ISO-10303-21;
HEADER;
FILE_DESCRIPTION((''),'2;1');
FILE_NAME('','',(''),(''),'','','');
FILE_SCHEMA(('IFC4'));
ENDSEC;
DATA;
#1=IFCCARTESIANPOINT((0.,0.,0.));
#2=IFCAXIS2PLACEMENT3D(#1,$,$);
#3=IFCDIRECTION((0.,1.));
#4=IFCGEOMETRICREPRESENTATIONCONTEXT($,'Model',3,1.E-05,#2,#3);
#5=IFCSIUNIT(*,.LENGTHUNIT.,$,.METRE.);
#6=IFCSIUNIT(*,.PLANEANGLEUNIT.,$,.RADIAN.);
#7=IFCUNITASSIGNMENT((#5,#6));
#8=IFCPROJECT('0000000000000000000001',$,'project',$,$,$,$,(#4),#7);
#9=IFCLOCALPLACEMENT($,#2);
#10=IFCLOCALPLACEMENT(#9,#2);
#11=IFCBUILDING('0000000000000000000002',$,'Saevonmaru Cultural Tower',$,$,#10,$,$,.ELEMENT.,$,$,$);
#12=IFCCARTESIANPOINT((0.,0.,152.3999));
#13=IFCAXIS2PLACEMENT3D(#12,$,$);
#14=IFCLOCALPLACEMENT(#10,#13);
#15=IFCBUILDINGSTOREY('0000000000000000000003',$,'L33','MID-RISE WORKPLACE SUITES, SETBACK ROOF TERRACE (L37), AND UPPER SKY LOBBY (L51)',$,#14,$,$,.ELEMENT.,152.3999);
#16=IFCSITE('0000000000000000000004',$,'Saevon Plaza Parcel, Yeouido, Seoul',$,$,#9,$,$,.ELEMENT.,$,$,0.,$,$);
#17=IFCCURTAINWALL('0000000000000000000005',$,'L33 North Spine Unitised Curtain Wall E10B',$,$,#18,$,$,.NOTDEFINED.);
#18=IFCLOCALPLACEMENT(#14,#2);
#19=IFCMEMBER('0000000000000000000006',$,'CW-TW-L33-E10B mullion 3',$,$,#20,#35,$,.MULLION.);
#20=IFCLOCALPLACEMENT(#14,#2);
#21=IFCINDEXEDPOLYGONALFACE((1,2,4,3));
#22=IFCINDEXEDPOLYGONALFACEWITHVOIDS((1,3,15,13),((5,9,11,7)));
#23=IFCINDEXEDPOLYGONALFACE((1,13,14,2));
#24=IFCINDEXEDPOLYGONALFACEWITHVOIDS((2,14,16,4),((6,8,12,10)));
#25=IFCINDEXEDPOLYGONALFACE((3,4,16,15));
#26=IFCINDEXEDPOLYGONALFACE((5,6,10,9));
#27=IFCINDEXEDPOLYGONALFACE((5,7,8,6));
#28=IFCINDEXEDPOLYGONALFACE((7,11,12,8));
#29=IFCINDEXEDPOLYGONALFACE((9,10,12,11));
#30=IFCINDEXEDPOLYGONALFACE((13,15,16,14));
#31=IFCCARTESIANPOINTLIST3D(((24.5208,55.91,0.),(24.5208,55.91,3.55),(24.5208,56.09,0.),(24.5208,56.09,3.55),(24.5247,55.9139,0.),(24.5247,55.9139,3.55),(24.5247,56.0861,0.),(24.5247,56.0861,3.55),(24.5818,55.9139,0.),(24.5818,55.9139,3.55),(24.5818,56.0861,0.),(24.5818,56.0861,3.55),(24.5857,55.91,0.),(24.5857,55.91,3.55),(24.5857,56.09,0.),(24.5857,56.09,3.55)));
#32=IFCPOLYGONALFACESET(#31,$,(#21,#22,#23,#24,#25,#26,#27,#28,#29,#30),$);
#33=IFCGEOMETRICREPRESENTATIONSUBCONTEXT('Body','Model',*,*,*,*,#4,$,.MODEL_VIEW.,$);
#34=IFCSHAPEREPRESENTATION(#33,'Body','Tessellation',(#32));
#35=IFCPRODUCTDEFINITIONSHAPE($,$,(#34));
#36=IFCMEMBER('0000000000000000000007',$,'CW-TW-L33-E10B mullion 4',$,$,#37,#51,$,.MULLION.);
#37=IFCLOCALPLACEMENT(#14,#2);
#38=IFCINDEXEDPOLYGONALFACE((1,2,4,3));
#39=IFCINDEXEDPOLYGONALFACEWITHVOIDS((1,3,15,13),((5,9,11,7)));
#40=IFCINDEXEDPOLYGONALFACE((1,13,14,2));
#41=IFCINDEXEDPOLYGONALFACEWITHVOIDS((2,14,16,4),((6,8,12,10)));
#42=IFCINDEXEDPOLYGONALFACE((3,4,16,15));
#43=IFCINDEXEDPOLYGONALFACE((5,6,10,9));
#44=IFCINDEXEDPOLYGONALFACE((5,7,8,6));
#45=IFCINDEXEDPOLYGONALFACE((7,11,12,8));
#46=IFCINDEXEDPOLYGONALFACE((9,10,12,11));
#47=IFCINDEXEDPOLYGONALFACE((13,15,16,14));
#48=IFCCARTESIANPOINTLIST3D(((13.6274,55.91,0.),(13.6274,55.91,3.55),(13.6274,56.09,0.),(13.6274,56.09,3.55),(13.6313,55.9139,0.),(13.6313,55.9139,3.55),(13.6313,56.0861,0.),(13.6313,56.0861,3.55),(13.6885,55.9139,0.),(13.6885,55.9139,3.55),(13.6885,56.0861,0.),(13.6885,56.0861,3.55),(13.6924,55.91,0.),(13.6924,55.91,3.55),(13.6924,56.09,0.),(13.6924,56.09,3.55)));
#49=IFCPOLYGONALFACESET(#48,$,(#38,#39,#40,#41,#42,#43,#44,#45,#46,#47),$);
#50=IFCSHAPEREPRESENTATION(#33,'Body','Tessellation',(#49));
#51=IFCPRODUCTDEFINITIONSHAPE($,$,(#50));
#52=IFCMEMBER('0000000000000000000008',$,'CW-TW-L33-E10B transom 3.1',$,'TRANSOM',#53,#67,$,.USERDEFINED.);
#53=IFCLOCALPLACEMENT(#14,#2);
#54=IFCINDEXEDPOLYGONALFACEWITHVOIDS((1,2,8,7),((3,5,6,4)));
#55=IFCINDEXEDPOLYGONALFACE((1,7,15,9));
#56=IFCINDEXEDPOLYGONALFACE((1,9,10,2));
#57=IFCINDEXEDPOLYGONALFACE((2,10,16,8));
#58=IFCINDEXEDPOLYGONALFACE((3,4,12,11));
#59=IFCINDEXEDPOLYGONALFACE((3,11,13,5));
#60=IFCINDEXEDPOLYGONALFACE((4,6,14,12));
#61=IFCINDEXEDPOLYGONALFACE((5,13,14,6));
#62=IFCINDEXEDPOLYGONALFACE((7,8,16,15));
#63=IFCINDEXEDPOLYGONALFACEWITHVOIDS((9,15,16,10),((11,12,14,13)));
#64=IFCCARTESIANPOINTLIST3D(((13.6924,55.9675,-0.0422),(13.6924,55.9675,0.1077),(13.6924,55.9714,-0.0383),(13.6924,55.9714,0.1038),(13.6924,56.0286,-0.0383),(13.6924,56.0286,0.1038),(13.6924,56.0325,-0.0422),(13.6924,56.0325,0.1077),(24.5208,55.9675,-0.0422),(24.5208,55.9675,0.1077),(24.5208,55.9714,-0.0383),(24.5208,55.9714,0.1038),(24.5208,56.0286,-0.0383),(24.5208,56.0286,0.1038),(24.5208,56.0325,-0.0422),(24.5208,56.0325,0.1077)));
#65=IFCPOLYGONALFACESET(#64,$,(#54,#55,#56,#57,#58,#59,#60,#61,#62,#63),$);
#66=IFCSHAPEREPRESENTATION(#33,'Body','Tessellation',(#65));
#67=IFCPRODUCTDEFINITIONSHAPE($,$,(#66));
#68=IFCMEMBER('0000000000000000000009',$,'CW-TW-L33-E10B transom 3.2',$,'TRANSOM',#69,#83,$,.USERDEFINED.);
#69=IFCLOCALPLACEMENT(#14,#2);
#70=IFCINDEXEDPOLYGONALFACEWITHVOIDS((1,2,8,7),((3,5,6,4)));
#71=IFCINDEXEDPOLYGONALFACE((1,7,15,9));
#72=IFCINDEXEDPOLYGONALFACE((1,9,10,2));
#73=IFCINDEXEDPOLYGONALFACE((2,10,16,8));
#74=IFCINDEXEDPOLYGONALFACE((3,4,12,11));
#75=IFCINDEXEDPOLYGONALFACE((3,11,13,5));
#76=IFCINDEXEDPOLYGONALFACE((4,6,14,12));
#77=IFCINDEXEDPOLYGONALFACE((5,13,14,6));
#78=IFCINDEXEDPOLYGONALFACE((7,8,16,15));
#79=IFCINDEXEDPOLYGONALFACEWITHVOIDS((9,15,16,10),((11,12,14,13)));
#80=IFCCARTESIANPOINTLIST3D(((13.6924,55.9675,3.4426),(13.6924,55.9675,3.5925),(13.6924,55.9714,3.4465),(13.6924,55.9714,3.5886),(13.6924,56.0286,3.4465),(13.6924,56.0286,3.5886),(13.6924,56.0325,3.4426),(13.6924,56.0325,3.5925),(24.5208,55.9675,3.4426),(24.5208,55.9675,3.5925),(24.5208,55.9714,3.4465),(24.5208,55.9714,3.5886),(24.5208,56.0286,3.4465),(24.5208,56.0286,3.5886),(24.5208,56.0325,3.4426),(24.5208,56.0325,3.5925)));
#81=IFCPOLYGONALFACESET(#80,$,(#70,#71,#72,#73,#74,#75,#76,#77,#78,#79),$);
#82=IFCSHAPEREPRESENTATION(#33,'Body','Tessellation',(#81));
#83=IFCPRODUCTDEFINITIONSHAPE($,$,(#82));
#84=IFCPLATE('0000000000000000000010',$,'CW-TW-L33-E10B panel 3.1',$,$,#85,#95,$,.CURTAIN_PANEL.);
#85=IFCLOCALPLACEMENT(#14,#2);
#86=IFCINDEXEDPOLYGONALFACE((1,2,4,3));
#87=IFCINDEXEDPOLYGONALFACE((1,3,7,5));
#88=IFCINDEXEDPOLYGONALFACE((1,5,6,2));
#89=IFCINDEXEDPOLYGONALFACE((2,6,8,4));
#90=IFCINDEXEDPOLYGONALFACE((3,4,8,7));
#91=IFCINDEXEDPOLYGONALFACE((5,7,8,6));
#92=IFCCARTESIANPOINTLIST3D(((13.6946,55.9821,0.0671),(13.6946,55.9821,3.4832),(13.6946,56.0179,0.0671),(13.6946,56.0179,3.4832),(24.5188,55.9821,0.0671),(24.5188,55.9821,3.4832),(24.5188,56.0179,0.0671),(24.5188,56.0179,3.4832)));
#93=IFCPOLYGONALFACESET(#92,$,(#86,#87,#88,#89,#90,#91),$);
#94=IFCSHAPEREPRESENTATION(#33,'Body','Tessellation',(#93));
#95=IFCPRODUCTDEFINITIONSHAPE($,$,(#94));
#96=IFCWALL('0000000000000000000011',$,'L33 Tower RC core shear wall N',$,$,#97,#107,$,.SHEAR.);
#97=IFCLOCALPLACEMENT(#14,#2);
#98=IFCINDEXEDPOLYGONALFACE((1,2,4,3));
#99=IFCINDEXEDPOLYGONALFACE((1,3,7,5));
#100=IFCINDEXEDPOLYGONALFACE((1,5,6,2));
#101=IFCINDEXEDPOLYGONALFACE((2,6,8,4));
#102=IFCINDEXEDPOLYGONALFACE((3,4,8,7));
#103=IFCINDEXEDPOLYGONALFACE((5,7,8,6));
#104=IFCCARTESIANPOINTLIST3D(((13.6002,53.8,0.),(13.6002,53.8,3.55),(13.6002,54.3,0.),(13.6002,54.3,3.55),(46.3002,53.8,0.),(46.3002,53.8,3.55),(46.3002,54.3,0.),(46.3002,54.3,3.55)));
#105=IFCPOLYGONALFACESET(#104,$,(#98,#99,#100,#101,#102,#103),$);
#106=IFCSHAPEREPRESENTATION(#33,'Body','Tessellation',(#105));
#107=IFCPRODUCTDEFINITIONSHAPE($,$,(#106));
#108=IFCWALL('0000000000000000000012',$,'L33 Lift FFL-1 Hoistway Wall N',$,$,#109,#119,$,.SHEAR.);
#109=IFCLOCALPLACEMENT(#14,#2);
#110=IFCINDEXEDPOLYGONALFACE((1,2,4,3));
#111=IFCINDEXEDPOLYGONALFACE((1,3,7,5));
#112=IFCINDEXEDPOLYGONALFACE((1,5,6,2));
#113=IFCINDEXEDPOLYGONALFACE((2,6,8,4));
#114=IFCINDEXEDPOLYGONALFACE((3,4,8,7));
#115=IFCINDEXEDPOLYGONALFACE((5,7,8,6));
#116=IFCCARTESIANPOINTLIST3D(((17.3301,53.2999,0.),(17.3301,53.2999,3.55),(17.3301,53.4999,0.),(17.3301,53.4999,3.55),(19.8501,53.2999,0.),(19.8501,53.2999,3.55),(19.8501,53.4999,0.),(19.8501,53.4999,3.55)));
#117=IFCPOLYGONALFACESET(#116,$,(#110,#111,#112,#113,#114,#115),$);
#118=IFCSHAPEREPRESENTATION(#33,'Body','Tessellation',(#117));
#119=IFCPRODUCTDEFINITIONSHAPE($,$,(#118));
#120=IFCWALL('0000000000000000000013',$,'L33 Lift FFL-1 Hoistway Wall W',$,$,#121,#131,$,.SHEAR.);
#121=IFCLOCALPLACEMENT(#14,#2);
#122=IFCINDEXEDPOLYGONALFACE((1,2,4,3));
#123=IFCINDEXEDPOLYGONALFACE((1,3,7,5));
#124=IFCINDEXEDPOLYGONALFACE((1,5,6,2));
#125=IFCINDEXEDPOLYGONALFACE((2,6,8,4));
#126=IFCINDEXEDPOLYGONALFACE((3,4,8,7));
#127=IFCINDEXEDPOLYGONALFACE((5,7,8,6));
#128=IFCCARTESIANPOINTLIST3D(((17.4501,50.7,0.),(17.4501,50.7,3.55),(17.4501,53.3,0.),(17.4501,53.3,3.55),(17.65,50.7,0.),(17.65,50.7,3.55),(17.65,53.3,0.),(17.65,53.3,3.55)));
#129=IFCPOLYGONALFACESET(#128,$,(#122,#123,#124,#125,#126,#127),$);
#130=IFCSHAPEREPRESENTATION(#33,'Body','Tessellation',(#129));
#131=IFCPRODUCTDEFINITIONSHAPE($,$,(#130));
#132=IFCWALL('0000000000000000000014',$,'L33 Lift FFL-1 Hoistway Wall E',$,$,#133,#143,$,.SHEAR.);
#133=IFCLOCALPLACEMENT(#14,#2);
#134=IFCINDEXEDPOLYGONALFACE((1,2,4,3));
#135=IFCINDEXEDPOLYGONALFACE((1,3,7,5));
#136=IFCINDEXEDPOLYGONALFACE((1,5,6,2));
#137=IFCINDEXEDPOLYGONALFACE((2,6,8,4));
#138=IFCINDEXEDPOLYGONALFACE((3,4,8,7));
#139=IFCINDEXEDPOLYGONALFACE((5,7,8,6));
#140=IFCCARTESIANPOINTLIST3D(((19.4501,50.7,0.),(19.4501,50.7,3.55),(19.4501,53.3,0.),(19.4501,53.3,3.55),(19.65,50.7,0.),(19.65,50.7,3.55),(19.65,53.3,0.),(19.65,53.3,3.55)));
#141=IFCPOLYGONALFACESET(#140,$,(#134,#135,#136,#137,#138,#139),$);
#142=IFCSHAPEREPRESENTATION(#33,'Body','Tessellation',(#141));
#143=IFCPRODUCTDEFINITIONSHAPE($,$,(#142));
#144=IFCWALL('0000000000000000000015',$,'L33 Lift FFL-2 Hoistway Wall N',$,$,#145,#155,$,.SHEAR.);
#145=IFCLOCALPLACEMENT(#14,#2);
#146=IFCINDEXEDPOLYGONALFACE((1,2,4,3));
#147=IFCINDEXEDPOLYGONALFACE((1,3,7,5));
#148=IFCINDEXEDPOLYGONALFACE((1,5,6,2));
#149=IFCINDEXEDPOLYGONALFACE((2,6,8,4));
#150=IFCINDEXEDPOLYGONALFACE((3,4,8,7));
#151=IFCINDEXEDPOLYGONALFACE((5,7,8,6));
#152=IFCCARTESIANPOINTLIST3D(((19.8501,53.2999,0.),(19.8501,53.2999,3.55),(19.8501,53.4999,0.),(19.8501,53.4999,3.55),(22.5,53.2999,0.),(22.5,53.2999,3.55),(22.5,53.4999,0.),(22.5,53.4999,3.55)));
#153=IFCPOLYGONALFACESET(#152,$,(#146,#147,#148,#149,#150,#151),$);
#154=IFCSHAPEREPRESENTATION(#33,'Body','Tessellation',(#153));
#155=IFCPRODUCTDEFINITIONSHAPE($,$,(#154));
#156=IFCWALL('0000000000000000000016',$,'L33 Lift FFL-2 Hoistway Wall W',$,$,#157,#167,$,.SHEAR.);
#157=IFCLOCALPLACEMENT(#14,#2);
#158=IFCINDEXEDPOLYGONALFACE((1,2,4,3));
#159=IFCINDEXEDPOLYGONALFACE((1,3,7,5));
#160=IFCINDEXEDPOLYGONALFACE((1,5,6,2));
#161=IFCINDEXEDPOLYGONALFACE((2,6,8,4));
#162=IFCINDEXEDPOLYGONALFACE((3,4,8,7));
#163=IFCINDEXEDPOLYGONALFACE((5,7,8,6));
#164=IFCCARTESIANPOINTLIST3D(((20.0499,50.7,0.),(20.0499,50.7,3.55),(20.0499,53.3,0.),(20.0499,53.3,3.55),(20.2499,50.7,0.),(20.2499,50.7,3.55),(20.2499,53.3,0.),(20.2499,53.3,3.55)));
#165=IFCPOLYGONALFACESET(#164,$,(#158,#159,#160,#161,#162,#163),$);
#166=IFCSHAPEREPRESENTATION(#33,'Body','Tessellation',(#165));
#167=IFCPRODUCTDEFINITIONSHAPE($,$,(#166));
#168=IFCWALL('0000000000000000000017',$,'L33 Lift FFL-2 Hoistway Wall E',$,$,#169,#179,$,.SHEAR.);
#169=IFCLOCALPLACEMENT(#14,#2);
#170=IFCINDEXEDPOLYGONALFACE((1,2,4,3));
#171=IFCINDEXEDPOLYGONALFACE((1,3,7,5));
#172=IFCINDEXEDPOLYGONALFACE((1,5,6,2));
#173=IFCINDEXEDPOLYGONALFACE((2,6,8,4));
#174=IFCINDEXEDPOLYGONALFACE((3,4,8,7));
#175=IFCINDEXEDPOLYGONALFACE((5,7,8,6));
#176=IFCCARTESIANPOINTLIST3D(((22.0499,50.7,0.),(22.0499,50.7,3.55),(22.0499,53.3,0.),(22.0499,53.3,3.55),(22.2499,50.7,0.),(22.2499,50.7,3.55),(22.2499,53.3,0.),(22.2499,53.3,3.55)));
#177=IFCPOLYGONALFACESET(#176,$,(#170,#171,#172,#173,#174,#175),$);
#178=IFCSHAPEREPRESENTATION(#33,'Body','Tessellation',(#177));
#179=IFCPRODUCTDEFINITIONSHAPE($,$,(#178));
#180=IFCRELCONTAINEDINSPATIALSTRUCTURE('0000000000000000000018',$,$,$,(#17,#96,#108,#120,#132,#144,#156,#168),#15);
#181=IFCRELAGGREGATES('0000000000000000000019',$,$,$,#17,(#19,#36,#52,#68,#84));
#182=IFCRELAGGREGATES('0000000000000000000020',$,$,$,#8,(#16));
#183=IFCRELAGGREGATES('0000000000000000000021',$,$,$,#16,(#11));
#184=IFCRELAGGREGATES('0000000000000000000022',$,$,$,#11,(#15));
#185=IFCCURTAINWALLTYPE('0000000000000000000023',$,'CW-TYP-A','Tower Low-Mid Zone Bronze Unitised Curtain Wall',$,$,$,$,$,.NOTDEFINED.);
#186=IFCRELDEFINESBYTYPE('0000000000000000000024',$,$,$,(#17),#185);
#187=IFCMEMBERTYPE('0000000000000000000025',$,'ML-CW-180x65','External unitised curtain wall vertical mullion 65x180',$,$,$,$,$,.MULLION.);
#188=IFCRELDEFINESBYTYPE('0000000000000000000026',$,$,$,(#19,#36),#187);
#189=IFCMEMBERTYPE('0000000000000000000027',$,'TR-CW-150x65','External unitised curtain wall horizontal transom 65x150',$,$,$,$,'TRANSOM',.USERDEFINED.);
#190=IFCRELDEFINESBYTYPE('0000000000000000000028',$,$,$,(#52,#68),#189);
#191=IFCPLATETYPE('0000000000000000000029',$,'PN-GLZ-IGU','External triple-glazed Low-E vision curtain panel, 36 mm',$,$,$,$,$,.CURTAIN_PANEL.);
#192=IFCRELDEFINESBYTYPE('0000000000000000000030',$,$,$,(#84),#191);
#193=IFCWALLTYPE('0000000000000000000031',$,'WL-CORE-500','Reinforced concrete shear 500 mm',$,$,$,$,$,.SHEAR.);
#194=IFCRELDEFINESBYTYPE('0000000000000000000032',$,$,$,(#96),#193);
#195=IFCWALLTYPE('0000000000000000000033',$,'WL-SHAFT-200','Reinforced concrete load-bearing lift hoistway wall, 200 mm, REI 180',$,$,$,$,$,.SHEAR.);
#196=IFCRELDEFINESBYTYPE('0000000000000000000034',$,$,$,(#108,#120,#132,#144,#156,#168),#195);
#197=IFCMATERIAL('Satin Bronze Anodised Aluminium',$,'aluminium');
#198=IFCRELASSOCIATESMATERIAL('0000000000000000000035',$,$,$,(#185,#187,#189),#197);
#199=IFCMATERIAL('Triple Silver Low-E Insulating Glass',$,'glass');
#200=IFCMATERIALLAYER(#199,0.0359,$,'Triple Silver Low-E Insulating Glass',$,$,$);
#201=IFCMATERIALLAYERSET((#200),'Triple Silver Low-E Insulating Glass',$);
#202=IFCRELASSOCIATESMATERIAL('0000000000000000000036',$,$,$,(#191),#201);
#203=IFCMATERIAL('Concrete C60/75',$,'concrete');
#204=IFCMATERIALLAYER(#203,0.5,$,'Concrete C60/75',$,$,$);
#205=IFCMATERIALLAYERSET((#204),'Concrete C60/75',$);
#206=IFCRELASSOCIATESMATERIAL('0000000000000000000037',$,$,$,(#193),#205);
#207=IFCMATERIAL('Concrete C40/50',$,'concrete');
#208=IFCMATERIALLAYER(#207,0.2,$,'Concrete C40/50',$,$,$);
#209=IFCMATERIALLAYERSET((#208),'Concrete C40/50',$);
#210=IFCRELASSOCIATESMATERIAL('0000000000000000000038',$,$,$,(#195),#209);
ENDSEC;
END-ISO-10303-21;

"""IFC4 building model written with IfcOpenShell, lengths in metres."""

from ifc_helpers import new_model, si_unit, direction, frame, frame_2d, origin, origin_2d, place, context, subcontext, project, spatial, rectangle, hollow_rectangle, extrude, material, layer, layer_set, material_profile, profile_set, type_object, element, aggregate, save


model = new_model("IFC4")

# Units and contexts
model_context = context("Model", 3, precision=1e-05, world=origin(), true_north=direction((0.0, 1.0)))
body_context = subcontext(model_context, "Body", "Model", "MODEL_VIEW")
ifc_project = project(units=[si_unit("LENGTHUNIT", "METRE"), si_unit("PLANEANGLEUNIT", "RADIAN")], contexts=[model_context])

# Site, building, storey
site_placement = place(None, origin())
site = spatial("IfcSite", under=ifc_project, at=site_placement, Name="Saevon Plaza Parcel, Yeouido, Seoul", CompositionType="ELEMENT", RefElevation=0.0)
building_placement = place(site_placement, origin())
building = spatial("IfcBuilding", under=site, at=building_placement, Name="Saevonmaru Cultural Tower", CompositionType="ELEMENT")
storey_placement = place(building_placement, frame((0.0, 0.0, 152.3999)))
storey = spatial("IfcBuildingStorey", under=building, at=storey_placement, Name="L33", Description="MID-RISE WORKPLACE SUITES, SETBACK ROOF TERRACE (L37), AND UPPER SKY LOBBY (L51)", CompositionType="ELEMENT", Elevation=152.3999)

# Curtain wall, members, plate
ifc_material_1 = material(Name="Satin Bronze Anodised Aluminium", Category="aluminium")
curtain_wall_type = type_object("IfcCurtainWallType", Name="CW-TYP-A", Description="Tower Low-Mid Zone Bronze Unitised Curtain Wall", PredefinedType="NOTDEFINED", material=ifc_material_1)
curtain_wall_placement = place(storey_placement, origin())
curtain_wall = element("IfcCurtainWall", 1, at=curtain_wall_placement, inside=storey, type_object=curtain_wall_type, Name="L33 North Spine Unitised Curtain Wall E10B", PredefinedType="NOTDEFINED")
ifc_material_profile_1 = material_profile(ifc_material_1, hollow_rectangle(XDim=0.0649, YDim=0.1799, WallThickness=0.0039, at=origin_2d()), Name="ALU-MULL-180x65x4")
ifc_profile_set_1 = profile_set([ifc_material_profile_1], Name="Satin Bronze Anodised Aluminium")
member_type_1 = type_object("IfcMemberType", Name="ML-CW-180x65", Description="External unitised curtain wall vertical mullion 65x180", PredefinedType="MULLION", material=ifc_profile_set_1)
member_1_placement = place(storey_placement, frame((24.5532, 56.0, 0.0), z_axis=(0.0, 0.0, 1.0), x_axis=(-1.0, 0.0, 0.0)))
member_1 = element("IfcMember", 2, at=member_1_placement, type_object=member_type_1, Name="CW-TW-L33-E10B mullion 3", PredefinedType="MULLION", context=body_context, shape_type="SweptSolid", body=[
    extrude(hollow_rectangle(XDim=0.0649, YDim=0.1799, WallThickness=0.0039, at=origin_2d()), origin(), (0.0, 0.0, 1.0), 3.55),
])
member_2_placement = place(storey_placement, frame((13.6599, 56.0, 0.0), z_axis=(0.0, 0.0, 1.0), x_axis=(-1.0, 0.0, 0.0)))
member_2 = element("IfcMember", 3, at=member_2_placement, type_object=member_type_1, Name="CW-TW-L33-E10B mullion 4", PredefinedType="MULLION", context=body_context, shape_type="SweptSolid", body=[
    extrude(hollow_rectangle(XDim=0.0649, YDim=0.1799, WallThickness=0.0039, at=origin_2d()), origin(), (0.0, 0.0, 1.0), 3.55),
])
ifc_material_profile_2 = material_profile(ifc_material_1, hollow_rectangle(XDim=0.0649, YDim=0.1499, WallThickness=0.0039, at=origin_2d()), Name="ALU-TRAN-150x65x4")
ifc_profile_set_2 = profile_set([ifc_material_profile_2], Name="Satin Bronze Anodised Aluminium")
member_type_2 = type_object("IfcMemberType", Name="TR-CW-150x65", Description="External unitised curtain wall horizontal transom 65x150", ElementType="TRANSOM", PredefinedType="USERDEFINED", material=ifc_profile_set_2)
member_3_placement = place(storey_placement, frame((24.5208, 56.0, 0.0327), z_axis=(-1.0, 0.0, 0.0), x_axis=(0.0, -1.0, 0.0)))
member_3 = element("IfcMember", 4, at=member_3_placement, type_object=member_type_2, Name="CW-TW-L33-E10B transom 3.1", ObjectType="TRANSOM", PredefinedType="USERDEFINED", context=body_context, shape_type="SweptSolid", body=[
    extrude(hollow_rectangle(XDim=0.0649, YDim=0.1499, WallThickness=0.0039, at=origin_2d()), origin(), (0.0, 0.0, 1.0), 10.8284),
])
member_4_placement = place(storey_placement, frame((24.5208, 56.0, 3.5176), z_axis=(-1.0, 0.0, 0.0), x_axis=(0.0, -1.0, 0.0)))
member_4 = element("IfcMember", 5, at=member_4_placement, type_object=member_type_2, Name="CW-TW-L33-E10B transom 3.2", ObjectType="TRANSOM", PredefinedType="USERDEFINED", context=body_context, shape_type="SweptSolid", body=[
    extrude(hollow_rectangle(XDim=0.0649, YDim=0.1499, WallThickness=0.0039, at=origin_2d()), origin(), (0.0, 0.0, 1.0), 10.8284),
])
ifc_material_2 = material(Name="Triple Silver Low-E Insulating Glass", Category="glass")
ifc_layer_1 = layer(ifc_material_2, 0.0359, Name="Triple Silver Low-E Insulating Glass")
ifc_layer_set_1 = layer_set([ifc_layer_1], Name="Triple Silver Low-E Insulating Glass")
plate_type = type_object("IfcPlateType", Name="PN-GLZ-IGU", Description="External triple-glazed Low-E vision curtain panel, 36 mm", PredefinedType="CURTAIN_PANEL", material=ifc_layer_set_1)
plate_placement = place(storey_placement, frame((19.1067, 56.0, 0.0671), z_axis=(0.0, 0.0, 1.0), x_axis=(-1.0, 0.0, 0.0)))
plate = element("IfcPlate", 6, at=plate_placement, type_object=plate_type, Name="CW-TW-L33-E10B panel 3.1", PredefinedType="CURTAIN_PANEL", context=body_context, shape_type="SweptSolid", body=[
    extrude(rectangle(XDim=10.8242, YDim=0.0359, at=origin_2d()), origin(), (0.0, 0.0, 1.0), 3.416),
])
aggregate(curtain_wall, [member_1, member_2, member_3, member_4, plate])

# Walls
ifc_material_3 = material(Name="Concrete C60/75", Category="concrete")
ifc_layer_2 = layer(ifc_material_3, 0.5, Name="Concrete C60/75")
ifc_layer_set_2 = layer_set([ifc_layer_2], Name="Concrete C60/75")
wall_type_1 = type_object("IfcWallType", Name="WL-CORE-500", Description="Reinforced concrete shear 500 mm", PredefinedType="SHEAR", material=ifc_layer_set_2)
wall_1_placement = place(storey_placement, frame((13.6001, 54.05, 0.0), z_axis=(0.0, 0.0, 1.0), x_axis=(1.0, 0.0, 0.0)))
element("IfcWall", 7, at=wall_1_placement, inside=storey, type_object=wall_type_1, Name="L33 Tower RC core shear wall N", PredefinedType="SHEAR", context=body_context, shape_type="SweptSolid", body=[
    extrude(rectangle(XDim=32.7, YDim=0.5, at=frame_2d((16.3501, 0.0))), origin(), (0.0, 0.0, 1.0), 3.55),
])
ifc_material_4 = material(Name="Concrete C40/50", Category="concrete")
ifc_layer_3 = layer(ifc_material_4, 0.2, Name="Concrete C40/50")
ifc_layer_set_3 = layer_set([ifc_layer_3], Name="Concrete C40/50")
wall_type_2 = type_object("IfcWallType", Name="WL-SHAFT-200", Description="Reinforced concrete load-bearing lift hoistway wall, 200 mm, REI 180", PredefinedType="SHEAR", material=ifc_layer_set_3)
wall_2_placement = place(storey_placement, frame((17.3301, 53.3999, 0.0), z_axis=(0.0, 0.0, 1.0), x_axis=(1.0, 0.0, 0.0)))
element("IfcWall", 8, at=wall_2_placement, inside=storey, type_object=wall_type_2, Name="L33 Lift FFL-1 Hoistway Wall N", PredefinedType="SHEAR", context=body_context, shape_type="SweptSolid", body=[
    extrude(rectangle(XDim=2.52, YDim=0.2, at=frame_2d((1.26, 0.0))), origin(), (0.0, 0.0, 1.0), 3.55),
])
for number, where, z_axis, x_axis, name in (
    (9, (17.55, 50.7, 0.0), (0.0, 0.0, 1.0), (0.0, 1.0, 0.0), "L33 Lift FFL-1 Hoistway Wall W"),
    (10, (19.55, 50.7, 0.0), (0.0, 0.0, 1.0), (0.0, 1.0, 0.0), "L33 Lift FFL-1 Hoistway Wall E"),
):
    element("IfcWall", number, at=place(storey_placement, frame(where, z_axis=z_axis, x_axis=x_axis)), inside=storey, type_object=wall_type_2, Name=name, PredefinedType="SHEAR", context=body_context, shape_type="SweptSolid", body=[
        extrude(rectangle(XDim=2.6001, YDim=0.2, at=frame_2d((1.3, 0.0))), origin(), (0.0, 0.0, 1.0), 3.55),
    ])
wall_3_placement = place(storey_placement, frame((19.8501, 53.3999, 0.0), z_axis=(0.0, 0.0, 1.0), x_axis=(1.0, 0.0, 0.0)))
element("IfcWall", 11, at=wall_3_placement, inside=storey, type_object=wall_type_2, Name="L33 Lift FFL-2 Hoistway Wall N", PredefinedType="SHEAR", context=body_context, shape_type="SweptSolid", body=[
    extrude(rectangle(XDim=2.6499, YDim=0.2, at=frame_2d((1.325, 0.0))), origin(), (0.0, 0.0, 1.0), 3.55),
])
for number, where, z_axis, x_axis, name in (
    (12, (20.1499, 50.7, 0.0), (0.0, 0.0, 1.0), (0.0, 1.0, 0.0), "L33 Lift FFL-2 Hoistway Wall W"),
    (13, (22.1499, 50.7, 0.0), (0.0, 0.0, 1.0), (0.0, 1.0, 0.0), "L33 Lift FFL-2 Hoistway Wall E"),
):
    element("IfcWall", number, at=place(storey_placement, frame(where, z_axis=z_axis, x_axis=x_axis)), inside=storey, type_object=wall_type_2, Name=name, PredefinedType="SHEAR", context=body_context, shape_type="SweptSolid", body=[
        extrude(rectangle(XDim=2.6001, YDim=0.2, at=frame_2d((1.3, 0.0))), origin(), (0.0, 0.0, 1.0), 3.55),
    ])

save(model, "model.ifc")
